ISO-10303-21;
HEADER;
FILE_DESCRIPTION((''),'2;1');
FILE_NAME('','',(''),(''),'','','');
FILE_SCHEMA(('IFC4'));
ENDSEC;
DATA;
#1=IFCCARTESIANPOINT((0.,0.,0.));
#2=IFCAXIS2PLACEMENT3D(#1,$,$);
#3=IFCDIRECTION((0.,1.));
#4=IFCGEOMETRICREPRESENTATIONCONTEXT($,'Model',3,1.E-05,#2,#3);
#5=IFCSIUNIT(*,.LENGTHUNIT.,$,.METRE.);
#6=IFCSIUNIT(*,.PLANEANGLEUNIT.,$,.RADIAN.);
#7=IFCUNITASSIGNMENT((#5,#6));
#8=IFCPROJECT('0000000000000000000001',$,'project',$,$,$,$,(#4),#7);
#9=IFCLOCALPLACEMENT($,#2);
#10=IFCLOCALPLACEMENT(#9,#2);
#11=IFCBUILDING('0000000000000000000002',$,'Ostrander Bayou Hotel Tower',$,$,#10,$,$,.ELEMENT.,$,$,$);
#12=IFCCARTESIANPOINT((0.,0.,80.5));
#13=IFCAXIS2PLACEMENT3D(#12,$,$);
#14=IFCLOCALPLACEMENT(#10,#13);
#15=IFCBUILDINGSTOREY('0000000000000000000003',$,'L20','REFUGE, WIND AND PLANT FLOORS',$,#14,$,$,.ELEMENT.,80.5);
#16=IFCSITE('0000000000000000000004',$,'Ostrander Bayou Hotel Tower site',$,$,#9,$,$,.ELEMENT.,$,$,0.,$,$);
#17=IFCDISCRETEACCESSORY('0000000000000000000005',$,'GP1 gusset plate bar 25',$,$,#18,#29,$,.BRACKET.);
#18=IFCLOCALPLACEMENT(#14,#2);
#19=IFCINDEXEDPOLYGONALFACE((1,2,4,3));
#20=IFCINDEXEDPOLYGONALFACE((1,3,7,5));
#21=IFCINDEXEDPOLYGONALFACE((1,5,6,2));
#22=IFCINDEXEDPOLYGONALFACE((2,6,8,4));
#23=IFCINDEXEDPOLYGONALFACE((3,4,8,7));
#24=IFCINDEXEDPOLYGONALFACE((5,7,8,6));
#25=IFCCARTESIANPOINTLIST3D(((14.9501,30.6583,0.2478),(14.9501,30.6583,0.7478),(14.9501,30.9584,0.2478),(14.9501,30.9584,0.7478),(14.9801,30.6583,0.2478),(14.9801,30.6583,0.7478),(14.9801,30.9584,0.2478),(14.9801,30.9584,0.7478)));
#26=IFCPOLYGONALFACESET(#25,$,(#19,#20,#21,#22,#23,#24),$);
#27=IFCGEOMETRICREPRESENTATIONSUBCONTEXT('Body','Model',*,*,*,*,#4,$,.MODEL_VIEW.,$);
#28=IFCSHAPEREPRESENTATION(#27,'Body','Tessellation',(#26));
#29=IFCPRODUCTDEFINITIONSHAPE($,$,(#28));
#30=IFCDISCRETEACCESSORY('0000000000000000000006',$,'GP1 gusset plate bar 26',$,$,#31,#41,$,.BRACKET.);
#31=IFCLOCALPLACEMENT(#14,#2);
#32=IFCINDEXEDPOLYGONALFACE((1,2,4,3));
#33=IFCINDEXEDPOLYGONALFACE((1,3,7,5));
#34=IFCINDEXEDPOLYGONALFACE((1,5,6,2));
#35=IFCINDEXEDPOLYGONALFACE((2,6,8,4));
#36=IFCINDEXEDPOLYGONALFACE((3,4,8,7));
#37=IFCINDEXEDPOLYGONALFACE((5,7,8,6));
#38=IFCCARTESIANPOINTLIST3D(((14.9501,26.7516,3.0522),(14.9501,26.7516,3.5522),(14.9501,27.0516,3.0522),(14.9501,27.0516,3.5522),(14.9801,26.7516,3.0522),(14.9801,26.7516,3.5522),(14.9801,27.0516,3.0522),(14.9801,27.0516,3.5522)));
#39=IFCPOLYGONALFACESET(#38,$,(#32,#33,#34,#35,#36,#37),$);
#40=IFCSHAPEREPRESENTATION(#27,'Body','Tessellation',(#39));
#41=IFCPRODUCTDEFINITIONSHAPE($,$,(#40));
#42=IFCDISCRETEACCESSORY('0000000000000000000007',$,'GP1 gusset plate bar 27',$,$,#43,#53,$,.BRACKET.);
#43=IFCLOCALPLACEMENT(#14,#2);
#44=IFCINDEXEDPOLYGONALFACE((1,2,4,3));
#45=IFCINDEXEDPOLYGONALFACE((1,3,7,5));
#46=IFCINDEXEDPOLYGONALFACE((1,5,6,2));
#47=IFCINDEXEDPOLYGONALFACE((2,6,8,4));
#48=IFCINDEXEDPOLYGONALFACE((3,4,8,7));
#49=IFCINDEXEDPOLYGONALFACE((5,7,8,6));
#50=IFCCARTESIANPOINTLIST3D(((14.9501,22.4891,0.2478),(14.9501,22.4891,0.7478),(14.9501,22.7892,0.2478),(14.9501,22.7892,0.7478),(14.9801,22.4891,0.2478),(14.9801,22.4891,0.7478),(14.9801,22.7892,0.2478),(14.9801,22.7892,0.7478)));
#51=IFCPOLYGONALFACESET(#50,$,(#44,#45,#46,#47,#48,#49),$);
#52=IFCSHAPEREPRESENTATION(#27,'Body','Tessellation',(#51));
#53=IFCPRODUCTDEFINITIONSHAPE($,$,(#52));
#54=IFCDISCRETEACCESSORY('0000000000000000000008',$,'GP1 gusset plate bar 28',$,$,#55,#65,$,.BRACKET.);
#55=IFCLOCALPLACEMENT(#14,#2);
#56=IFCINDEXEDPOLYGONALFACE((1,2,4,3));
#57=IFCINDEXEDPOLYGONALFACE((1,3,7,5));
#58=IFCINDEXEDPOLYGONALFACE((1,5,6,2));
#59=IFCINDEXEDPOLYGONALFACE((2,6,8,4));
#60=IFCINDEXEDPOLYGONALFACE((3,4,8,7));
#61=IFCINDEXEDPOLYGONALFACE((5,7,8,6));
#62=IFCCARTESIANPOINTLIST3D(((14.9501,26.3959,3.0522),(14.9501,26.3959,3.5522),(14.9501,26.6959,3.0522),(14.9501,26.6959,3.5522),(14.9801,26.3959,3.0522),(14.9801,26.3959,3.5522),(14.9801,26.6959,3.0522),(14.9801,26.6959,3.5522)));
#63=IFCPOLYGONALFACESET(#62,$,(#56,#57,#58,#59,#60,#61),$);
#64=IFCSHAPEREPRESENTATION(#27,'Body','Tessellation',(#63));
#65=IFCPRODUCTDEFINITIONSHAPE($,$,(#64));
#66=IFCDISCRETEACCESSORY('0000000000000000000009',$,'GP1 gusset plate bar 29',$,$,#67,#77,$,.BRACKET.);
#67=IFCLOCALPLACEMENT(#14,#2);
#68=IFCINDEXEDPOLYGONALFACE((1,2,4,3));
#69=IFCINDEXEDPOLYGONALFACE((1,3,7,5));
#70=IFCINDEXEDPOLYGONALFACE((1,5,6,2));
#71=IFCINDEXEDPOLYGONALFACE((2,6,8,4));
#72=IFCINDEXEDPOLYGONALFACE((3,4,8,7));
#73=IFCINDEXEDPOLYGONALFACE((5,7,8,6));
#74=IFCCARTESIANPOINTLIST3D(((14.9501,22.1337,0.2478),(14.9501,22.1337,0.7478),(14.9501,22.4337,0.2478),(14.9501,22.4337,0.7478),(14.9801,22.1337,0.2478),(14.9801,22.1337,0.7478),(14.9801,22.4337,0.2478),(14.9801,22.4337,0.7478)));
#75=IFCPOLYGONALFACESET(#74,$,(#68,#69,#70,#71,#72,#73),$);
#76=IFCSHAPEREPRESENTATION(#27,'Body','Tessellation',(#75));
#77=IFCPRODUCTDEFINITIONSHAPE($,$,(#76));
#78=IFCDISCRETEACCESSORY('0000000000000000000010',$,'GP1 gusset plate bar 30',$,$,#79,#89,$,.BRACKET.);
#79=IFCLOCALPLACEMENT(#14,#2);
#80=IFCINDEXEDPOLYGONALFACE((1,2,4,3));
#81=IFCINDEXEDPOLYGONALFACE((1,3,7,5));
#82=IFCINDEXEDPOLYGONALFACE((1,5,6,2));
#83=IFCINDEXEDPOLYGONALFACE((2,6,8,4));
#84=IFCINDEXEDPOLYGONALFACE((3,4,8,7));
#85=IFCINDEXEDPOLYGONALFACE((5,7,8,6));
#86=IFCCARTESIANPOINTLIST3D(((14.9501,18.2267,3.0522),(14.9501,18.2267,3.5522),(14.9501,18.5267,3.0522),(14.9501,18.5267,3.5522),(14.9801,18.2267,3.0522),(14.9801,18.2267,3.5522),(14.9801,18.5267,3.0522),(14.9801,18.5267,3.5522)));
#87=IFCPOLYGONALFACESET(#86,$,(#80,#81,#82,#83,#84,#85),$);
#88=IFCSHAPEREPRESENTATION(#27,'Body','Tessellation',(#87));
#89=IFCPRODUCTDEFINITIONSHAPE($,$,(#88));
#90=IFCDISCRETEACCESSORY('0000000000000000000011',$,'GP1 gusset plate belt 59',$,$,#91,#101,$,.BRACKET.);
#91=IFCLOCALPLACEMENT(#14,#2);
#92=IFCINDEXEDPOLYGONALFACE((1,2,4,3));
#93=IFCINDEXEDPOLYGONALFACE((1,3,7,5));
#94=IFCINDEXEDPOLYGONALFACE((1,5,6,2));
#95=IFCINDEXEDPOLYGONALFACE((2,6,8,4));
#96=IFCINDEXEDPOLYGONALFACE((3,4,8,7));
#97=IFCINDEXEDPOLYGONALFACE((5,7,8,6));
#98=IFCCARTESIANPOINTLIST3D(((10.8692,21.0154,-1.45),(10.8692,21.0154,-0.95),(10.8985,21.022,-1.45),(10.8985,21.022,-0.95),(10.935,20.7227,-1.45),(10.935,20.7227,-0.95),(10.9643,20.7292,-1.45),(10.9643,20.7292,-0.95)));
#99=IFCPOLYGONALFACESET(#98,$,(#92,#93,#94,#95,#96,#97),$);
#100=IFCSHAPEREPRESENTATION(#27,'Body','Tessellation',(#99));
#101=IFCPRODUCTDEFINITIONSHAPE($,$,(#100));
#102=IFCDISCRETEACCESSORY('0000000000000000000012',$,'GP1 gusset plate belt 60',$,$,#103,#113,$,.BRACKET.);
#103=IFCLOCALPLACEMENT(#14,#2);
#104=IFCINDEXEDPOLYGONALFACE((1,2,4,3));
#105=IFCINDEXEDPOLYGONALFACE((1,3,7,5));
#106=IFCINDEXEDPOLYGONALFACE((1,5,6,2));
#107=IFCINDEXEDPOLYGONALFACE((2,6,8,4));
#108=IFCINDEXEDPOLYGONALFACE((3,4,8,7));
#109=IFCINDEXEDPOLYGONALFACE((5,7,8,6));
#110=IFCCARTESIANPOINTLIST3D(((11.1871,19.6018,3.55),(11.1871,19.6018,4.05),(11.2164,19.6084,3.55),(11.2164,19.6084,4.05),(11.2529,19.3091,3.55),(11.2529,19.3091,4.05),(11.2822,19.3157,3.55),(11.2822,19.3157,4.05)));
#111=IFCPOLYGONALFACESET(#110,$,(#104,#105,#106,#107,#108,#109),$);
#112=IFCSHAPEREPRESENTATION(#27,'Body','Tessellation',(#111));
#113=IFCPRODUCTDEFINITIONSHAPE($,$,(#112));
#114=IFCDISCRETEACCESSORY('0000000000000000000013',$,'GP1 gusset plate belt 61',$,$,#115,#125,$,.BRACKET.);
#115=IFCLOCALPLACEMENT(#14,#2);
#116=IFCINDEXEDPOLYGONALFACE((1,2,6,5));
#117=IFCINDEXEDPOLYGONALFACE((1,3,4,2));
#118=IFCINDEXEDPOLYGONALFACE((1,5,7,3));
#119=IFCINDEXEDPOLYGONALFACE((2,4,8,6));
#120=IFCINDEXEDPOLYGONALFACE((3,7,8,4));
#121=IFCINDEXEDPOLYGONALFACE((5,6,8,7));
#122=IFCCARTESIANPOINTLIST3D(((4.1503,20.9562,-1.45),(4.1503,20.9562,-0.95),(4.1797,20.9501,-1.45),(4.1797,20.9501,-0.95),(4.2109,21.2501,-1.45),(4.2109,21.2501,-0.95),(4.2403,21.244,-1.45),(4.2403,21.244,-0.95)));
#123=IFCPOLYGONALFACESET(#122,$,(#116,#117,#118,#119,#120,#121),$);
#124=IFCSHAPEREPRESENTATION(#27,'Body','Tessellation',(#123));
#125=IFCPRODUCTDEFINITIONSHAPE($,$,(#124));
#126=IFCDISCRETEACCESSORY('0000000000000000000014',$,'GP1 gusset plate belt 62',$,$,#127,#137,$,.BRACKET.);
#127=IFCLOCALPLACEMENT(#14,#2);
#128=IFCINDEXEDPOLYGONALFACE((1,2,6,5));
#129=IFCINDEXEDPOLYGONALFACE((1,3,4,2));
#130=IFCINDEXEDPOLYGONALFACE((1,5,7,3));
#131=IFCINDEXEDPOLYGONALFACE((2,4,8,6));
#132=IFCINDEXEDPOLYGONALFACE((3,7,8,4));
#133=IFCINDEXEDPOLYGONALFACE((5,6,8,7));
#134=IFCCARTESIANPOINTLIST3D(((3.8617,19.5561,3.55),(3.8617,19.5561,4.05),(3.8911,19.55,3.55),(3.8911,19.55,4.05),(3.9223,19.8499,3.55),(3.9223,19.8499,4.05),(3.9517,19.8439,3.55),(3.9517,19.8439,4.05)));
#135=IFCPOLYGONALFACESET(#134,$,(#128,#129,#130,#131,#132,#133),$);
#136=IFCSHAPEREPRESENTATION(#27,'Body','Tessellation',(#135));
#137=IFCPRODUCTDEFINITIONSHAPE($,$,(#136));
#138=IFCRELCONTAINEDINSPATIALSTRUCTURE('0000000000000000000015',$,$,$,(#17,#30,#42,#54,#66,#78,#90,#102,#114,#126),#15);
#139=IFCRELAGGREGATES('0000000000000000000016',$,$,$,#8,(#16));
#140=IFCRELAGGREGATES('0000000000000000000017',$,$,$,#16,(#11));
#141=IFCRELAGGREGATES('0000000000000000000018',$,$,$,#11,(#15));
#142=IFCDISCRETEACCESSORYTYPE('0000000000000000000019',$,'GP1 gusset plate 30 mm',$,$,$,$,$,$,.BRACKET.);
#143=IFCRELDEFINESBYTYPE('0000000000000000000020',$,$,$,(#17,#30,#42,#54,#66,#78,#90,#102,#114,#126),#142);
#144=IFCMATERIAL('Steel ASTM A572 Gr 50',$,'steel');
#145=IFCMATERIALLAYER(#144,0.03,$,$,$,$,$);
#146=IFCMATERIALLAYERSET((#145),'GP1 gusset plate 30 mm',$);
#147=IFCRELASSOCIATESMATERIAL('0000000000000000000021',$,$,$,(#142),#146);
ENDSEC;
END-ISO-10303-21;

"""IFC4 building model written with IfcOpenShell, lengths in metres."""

from ifc_helpers import new_model, si_unit, direction, frame, origin, origin_2d, place, context, subcontext, project, spatial, rectangle, extrude, material, layer, layer_set, type_object, element, save


model = new_model("IFC4")

# Units and contexts
model_context = context("Model", 3, precision=1e-05, world=origin(), true_north=direction((0.0, 1.0)))
body_context = subcontext(model_context, "Body", "Model", "MODEL_VIEW")
ifc_project = project(units=[si_unit("LENGTHUNIT", "METRE"), si_unit("PLANEANGLEUNIT", "RADIAN")], contexts=[model_context])

# Site, building, storey
site_placement = place(None, origin())
site = spatial("IfcSite", under=ifc_project, at=site_placement, Name="Ostrander Bayou Hotel Tower site", CompositionType="ELEMENT", RefElevation=0.0)
building_placement = place(site_placement, origin())
building = spatial("IfcBuilding", under=site, at=building_placement, Name="Ostrander Bayou Hotel Tower", CompositionType="ELEMENT")
storey_placement = place(building_placement, frame((0.0, 0.0, 80.5)))
storey = spatial("IfcBuildingStorey", under=building, at=storey_placement, Name="L20", Description="REFUGE, WIND AND PLANT FLOORS", CompositionType="ELEMENT", Elevation=80.5)

# Discrete accessories
ifc_material_1 = material(Name="Steel ASTM A572 Gr 50", Category="steel")
ifc_layer = layer(ifc_material_1, 0.03)
ifc_layer_set = layer_set([ifc_layer], Name="GP1 gusset plate 30 mm")
discrete_accessory_type = type_object("IfcDiscreteAccessoryType", Name="GP1 gusset plate 30 mm", PredefinedType="BRACKET", material=ifc_layer_set)
for number, where, z_axis, x_axis, name in (
    (1, (14.9651, 30.8083, 0.2478), (0.0, 0.0, 1.0), (0.0, -1.0, 0.0), "GP1 gusset plate bar 25"),
    (2, (14.9651, 26.9016, 3.0522), (0.0, 0.0, 1.0), (0.0, -1.0, 0.0), "GP1 gusset plate bar 26"),
    (3, (14.9651, 22.6392, 0.2478), (0.0, 0.0, 1.0), (0.0, 1.0, 0.0), "GP1 gusset plate bar 27"),
    (4, (14.9651, 26.5459, 3.0522), (0.0, 0.0, 1.0), (0.0, 1.0, 0.0), "GP1 gusset plate bar 28"),
    (5, (14.9651, 22.2837, 0.2478), (0.0, 0.0, 1.0), (0.0, -1.0, 0.0), "GP1 gusset plate bar 29"),
    (6, (14.9651, 18.3767, 3.0522), (0.0, 0.0, 1.0), (0.0, -1.0, 0.0), "GP1 gusset plate bar 30"),
    (7, (10.9167, 20.8723, -1.45), (0.0, 0.0, 1.0), (0.219369, -0.975642, 0.0), "GP1 gusset plate belt 59"),
    (8, (11.2346, 19.4587, 3.55), (0.0, 0.0, 1.0), (0.219369, -0.975642, 0.0), "GP1 gusset plate belt 60"),
    (9, (4.1953, 21.1001, -1.45), (0.0, 0.0, 1.0), (-0.201967, -0.979392, 0.0), "GP1 gusset plate belt 61"),
    (10, (3.9067, 19.7, 3.55), (0.0, 0.0, 1.0), (-0.201967, -0.979392, 0.0), "GP1 gusset plate belt 62"),
):
    element("IfcDiscreteAccessory", number, at=place(storey_placement, frame(where, z_axis=z_axis, x_axis=x_axis)), inside=storey, type_object=discrete_accessory_type, Name=name, PredefinedType="BRACKET", context=body_context, shape_type="SweptSolid", body=[
        extrude(rectangle(XDim=0.3, YDim=0.03, at=origin_2d()), origin(), (0.0, 0.0, 1.0), 0.5),
    ])

save(model, "model.ifc")
